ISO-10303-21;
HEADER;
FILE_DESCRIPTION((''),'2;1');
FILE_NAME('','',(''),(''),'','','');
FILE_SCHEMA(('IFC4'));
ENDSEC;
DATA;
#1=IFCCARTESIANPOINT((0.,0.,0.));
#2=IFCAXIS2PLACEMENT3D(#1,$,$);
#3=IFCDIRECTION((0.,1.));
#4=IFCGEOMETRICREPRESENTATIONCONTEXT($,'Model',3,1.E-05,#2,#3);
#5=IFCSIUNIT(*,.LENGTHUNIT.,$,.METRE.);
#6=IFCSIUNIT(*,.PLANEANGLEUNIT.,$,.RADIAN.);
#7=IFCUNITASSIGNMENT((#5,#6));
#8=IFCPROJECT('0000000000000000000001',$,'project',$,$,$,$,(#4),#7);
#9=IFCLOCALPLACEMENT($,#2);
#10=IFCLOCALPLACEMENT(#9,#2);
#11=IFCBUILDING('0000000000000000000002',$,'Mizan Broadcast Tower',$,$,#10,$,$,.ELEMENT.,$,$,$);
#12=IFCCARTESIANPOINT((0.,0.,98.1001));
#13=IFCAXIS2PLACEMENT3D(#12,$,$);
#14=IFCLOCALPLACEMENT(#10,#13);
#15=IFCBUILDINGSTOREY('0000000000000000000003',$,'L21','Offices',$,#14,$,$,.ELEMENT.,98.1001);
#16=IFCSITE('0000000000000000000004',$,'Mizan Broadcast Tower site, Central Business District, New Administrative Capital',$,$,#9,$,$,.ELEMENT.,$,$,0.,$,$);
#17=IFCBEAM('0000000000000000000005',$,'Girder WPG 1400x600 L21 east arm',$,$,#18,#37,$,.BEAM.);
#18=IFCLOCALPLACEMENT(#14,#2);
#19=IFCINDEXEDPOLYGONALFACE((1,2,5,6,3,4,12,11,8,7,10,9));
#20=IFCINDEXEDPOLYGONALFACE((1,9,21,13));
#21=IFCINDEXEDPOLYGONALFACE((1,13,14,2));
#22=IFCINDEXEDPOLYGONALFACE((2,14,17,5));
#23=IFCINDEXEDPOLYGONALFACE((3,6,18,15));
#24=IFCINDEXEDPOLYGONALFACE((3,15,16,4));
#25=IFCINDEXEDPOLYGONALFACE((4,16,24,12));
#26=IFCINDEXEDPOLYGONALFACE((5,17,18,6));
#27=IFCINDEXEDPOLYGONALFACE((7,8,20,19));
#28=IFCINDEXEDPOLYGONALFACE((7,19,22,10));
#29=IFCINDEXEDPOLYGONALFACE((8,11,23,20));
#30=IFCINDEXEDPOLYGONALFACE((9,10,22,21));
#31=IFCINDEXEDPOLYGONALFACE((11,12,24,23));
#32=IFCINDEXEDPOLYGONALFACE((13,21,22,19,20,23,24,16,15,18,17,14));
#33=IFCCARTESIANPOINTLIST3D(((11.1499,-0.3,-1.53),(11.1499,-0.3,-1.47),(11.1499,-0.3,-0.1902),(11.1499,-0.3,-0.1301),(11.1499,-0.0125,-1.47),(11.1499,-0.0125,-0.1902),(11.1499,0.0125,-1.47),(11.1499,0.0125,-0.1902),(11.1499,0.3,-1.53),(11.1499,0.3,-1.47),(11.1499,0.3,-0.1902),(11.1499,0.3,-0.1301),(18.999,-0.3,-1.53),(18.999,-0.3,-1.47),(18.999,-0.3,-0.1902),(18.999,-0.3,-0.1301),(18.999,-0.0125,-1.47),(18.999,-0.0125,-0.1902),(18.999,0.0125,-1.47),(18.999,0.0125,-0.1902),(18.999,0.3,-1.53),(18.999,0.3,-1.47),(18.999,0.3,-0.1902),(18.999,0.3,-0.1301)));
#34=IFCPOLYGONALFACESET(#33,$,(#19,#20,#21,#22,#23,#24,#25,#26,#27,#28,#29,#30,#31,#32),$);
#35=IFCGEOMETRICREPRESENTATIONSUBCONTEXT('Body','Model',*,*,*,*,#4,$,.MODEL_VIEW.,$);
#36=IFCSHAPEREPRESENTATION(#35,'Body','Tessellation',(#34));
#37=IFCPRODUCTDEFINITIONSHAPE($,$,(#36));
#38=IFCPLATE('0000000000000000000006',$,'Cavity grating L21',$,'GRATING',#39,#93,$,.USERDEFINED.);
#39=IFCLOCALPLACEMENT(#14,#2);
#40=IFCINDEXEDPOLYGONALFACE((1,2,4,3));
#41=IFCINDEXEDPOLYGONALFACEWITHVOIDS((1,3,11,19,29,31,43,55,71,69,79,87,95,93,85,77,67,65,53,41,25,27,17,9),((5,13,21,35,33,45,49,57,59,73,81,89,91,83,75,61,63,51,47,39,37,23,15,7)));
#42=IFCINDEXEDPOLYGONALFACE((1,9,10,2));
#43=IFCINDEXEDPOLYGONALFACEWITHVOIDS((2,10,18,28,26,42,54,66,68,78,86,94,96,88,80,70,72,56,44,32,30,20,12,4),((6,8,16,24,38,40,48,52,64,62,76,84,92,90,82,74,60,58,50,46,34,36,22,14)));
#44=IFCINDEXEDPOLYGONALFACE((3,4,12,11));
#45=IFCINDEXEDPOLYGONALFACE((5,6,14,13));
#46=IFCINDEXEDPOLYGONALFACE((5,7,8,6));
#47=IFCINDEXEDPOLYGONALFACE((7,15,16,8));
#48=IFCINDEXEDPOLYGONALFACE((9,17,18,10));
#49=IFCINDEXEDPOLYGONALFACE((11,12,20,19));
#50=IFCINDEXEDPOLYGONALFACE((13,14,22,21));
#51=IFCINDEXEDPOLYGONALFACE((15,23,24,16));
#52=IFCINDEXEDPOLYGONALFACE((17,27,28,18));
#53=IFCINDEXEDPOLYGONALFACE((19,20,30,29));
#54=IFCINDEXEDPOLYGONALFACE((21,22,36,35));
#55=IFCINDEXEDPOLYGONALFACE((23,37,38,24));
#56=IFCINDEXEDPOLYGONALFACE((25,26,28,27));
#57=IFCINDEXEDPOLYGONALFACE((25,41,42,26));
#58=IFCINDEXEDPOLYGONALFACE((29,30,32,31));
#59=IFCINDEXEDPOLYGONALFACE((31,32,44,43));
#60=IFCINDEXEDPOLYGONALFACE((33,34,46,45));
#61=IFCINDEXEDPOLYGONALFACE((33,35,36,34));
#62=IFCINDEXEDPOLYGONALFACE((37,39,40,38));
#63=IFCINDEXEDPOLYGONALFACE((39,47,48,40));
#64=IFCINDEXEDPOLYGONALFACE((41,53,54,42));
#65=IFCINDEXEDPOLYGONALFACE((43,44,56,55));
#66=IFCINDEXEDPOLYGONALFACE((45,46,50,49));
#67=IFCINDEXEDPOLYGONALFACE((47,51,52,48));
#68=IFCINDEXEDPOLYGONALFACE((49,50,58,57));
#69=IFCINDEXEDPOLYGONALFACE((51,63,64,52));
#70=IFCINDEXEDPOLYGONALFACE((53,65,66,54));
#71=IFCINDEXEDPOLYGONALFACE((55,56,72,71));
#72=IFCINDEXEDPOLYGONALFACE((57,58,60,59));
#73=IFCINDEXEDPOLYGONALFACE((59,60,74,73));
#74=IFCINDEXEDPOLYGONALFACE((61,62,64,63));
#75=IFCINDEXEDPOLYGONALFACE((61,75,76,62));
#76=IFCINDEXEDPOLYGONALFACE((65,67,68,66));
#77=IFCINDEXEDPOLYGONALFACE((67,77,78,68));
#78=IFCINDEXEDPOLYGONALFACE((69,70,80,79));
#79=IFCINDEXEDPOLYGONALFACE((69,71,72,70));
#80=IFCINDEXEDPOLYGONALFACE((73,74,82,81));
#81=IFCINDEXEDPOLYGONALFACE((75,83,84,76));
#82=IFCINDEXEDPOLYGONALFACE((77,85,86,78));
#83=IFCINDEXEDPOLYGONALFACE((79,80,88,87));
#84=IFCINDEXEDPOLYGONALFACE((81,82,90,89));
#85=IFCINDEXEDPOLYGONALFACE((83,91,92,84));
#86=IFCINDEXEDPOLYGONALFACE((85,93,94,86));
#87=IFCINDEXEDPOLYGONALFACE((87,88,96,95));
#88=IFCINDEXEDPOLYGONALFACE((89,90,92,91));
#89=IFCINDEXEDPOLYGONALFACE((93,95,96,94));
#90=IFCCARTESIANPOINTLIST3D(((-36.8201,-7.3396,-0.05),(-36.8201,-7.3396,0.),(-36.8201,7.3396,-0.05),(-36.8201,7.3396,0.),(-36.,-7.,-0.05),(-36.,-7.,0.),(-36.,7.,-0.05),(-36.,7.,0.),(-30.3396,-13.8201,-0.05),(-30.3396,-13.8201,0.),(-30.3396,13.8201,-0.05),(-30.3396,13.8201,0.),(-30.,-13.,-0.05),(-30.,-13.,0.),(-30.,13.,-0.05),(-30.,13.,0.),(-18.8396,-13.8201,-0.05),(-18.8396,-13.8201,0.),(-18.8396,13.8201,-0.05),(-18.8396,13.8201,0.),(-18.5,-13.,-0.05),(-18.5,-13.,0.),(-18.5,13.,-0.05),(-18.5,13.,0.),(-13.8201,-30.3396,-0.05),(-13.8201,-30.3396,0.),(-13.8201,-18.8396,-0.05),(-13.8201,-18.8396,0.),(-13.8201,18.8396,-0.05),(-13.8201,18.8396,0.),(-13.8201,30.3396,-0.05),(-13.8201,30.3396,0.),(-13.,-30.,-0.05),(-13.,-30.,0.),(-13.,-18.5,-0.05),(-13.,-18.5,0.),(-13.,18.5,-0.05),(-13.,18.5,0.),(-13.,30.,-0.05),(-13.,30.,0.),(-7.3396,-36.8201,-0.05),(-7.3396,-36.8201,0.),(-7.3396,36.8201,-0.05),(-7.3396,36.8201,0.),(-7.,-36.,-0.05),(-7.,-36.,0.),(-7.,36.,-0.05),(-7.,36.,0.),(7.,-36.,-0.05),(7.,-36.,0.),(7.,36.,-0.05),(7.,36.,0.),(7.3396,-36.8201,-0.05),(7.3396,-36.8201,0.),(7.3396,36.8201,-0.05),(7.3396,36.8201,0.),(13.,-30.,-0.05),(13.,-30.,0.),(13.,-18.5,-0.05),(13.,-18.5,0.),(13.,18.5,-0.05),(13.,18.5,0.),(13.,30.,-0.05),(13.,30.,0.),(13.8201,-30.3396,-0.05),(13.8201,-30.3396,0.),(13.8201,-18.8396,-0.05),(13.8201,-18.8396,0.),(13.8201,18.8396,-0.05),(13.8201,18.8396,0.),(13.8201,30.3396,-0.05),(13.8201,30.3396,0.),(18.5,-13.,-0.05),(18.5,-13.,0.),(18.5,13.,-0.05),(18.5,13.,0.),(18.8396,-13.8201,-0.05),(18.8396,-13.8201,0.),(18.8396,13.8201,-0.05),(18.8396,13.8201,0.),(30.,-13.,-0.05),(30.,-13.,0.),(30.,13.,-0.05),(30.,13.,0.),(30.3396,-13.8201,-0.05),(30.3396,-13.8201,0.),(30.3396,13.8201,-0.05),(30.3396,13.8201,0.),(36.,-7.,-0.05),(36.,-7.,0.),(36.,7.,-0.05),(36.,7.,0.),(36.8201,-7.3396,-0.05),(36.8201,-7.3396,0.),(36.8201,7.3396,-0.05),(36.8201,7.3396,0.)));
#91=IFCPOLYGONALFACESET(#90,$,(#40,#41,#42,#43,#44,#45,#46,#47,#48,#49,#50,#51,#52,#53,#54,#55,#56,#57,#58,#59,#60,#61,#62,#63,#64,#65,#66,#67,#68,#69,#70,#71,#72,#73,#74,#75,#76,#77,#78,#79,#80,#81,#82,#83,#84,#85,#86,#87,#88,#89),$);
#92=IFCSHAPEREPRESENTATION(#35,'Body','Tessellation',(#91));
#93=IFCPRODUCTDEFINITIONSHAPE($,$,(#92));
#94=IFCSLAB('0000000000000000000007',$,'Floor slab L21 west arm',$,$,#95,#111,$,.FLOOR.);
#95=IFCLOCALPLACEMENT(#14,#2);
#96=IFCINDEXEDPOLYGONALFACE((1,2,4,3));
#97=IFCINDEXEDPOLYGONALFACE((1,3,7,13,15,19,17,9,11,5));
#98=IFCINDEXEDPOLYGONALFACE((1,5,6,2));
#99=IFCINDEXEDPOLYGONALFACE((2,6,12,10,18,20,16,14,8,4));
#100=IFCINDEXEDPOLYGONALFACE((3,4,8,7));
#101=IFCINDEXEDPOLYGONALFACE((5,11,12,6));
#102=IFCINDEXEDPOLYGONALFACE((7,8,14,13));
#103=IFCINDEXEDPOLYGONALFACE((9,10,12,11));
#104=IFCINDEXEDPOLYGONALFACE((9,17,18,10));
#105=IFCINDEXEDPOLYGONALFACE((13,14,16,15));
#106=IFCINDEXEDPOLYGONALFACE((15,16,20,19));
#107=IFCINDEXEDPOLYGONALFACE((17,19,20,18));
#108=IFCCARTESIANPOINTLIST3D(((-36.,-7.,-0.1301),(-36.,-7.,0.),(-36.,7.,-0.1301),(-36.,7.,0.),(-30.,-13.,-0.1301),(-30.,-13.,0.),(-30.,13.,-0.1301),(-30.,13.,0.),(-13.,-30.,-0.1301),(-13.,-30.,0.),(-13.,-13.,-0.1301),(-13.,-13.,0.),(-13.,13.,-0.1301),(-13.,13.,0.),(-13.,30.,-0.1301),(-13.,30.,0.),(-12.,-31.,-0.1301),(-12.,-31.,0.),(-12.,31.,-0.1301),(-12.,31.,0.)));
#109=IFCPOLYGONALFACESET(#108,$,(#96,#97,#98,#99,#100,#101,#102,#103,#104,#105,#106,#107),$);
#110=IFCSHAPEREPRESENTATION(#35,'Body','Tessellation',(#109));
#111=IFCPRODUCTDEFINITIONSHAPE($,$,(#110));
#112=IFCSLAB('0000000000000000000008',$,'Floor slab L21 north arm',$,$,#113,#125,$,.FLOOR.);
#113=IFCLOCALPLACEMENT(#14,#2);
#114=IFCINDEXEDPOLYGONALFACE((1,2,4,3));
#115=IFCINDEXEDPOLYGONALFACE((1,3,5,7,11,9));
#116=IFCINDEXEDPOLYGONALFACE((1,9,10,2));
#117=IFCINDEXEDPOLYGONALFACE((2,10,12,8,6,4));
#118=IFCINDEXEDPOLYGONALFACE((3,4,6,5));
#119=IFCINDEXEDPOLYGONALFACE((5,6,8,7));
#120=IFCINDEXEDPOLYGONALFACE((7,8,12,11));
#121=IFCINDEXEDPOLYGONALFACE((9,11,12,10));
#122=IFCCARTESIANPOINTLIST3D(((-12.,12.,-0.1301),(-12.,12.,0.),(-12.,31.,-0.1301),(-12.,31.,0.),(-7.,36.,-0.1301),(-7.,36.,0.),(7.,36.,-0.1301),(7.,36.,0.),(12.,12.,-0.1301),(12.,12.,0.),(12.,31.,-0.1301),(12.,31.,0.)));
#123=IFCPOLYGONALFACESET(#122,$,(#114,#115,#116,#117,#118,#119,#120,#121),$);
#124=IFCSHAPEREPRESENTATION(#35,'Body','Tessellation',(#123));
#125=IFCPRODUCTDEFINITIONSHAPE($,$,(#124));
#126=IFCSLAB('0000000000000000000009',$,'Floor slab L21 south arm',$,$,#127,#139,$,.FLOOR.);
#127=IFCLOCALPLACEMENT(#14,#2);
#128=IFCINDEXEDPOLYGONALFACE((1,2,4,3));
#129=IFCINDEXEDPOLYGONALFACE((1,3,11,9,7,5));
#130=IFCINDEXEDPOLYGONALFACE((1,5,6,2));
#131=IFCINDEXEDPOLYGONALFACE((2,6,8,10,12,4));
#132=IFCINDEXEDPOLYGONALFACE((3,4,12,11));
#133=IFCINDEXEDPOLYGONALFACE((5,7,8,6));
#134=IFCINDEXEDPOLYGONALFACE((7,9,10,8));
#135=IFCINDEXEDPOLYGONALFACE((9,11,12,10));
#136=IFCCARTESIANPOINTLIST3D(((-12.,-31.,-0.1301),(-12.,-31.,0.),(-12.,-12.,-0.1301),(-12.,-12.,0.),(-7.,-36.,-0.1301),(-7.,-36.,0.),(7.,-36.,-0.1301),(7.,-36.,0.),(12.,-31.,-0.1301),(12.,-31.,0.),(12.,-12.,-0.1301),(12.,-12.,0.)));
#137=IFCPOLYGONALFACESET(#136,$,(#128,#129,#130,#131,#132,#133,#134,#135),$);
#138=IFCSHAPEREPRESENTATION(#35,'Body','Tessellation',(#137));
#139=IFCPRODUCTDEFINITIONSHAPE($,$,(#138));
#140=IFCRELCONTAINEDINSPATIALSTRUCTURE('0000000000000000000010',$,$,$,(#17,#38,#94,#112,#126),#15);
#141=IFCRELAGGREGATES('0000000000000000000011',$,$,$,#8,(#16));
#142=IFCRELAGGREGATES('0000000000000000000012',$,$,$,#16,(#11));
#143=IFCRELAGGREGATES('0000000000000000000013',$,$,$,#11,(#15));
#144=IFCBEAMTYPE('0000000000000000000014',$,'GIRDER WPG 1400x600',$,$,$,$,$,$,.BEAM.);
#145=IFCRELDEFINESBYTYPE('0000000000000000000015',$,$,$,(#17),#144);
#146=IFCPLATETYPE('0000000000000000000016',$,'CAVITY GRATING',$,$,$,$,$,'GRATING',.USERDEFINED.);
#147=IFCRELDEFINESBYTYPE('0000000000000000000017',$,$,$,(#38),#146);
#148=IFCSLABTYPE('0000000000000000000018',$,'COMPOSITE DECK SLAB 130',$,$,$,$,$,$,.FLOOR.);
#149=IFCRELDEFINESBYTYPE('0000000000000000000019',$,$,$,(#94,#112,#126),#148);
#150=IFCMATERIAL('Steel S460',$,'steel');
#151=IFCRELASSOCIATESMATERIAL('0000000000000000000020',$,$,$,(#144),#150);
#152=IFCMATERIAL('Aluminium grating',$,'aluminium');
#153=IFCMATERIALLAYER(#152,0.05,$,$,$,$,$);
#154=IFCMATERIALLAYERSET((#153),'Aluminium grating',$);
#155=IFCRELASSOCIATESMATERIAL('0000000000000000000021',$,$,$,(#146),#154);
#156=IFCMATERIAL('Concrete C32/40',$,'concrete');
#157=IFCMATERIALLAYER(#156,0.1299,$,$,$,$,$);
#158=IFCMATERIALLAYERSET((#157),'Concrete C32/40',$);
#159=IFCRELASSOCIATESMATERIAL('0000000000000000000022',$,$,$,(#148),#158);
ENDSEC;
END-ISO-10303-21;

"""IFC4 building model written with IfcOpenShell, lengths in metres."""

from ifc_helpers import new_model, si_unit, direction, frame, origin, origin_2d, place, context, subcontext, project, spatial, polyline, i_section, outline, extrude, material, layer, layer_set, material_profile, profile_set, type_object, element, save


model = new_model("IFC4")

# Units and contexts
model_context = context("Model", 3, precision=1e-05, world=origin(), true_north=direction((0.0, 1.0)))
body_context = subcontext(model_context, "Body", "Model", "MODEL_VIEW")
ifc_project = project(units=[si_unit("LENGTHUNIT", "METRE"), si_unit("PLANEANGLEUNIT", "RADIAN")], contexts=[model_context])

# Site, building, storey
site_placement = place(None, origin())
site = spatial("IfcSite", under=ifc_project, at=site_placement, Name="Mizan Broadcast Tower site, Central Business District, New Administrative Capital", CompositionType="ELEMENT", RefElevation=0.0)
building_placement = place(site_placement, origin())
building = spatial("IfcBuilding", under=site, at=building_placement, Name="Mizan Broadcast Tower", CompositionType="ELEMENT")
storey_placement = place(building_placement, frame((0.0, 0.0, 98.1001)))
storey = spatial("IfcBuildingStorey", under=building, at=storey_placement, Name="L21", Description="Offices", CompositionType="ELEMENT", Elevation=98.1001)

# Beam
ifc_material_1 = material(Name="Steel S460", Category="steel")
ifc_material_profile = material_profile(ifc_material_1, i_section(OverallWidth=0.6001, OverallDepth=1.3999, WebThickness=0.0249, FlangeThickness=0.0601, at=origin_2d()), Name="WPG 1400x600")
ifc_profile_set = profile_set([ifc_material_profile], Name="Steel S460")
beam_type = type_object("IfcBeamType", Name="GIRDER WPG 1400x600", PredefinedType="BEAM", material=ifc_profile_set)
beam_placement = place(storey_placement, frame((11.1499, 0.0, -0.8301), z_axis=(1.0, 0.0, 0.0), x_axis=(0.0, 1.0, 0.0)))
element("IfcBeam", 1, at=beam_placement, inside=storey, type_object=beam_type, Name="Girder WPG 1400x600 L21 east arm", PredefinedType="BEAM", context=body_context, shape_type="SweptSolid", body=[
    extrude(i_section(OverallWidth=0.6001, OverallDepth=1.3999, WebThickness=0.0249, FlangeThickness=0.0601, at=origin_2d()), origin(), (0.0, 0.0, 1.0), 7.8491),
])

# Plate
ifc_material_2 = material(Name="Aluminium grating", Category="aluminium")
ifc_layer_1 = layer(ifc_material_2, 0.05)
ifc_layer_set_1 = layer_set([ifc_layer_1], Name="Aluminium grating")
plate_type = type_object("IfcPlateType", Name="CAVITY GRATING", ElementType="GRATING", PredefinedType="USERDEFINED", material=ifc_layer_set_1)
plate_placement = place(storey_placement, frame((0.0, 0.0, -0.05)))
element("IfcPlate", 2, at=plate_placement, inside=storey, type_object=plate_type, Name="Cavity grating L21", ObjectType="GRATING", PredefinedType="USERDEFINED", context=body_context, shape_type="SweptSolid", body=[
    extrude(outline(polyline([(13.8201, -18.8396), (18.8396, -13.8201), (30.3396, -13.8201), (36.8201, -7.3396), (36.8201, 7.3396), (30.3396, 13.8201), (18.8396, 13.8201), (13.8201, 18.8396), (13.8201, 30.3396), (7.3396, 36.8201), (-7.3396, 36.8201), (-13.8201, 30.3396), (-13.8201, 18.8396), (-18.8396, 13.8201), (-30.3396, 13.8201), (-36.8201, 7.3396), (-36.8201, -7.3396), (-30.3396, -13.8201), (-18.8396, -13.8201), (-13.8201, -18.8396), (-13.8201, -30.3396), (-7.3396, -36.8201), (7.3396, -36.8201), (13.8201, -30.3396), (13.8201, -18.8396)]), holes=[polyline([(36.0, 7.0), (36.0, -7.0), (30.0, -13.0), (18.5, -13.0), (13.0, -18.5), (13.0, -30.0), (7.0, -36.0), (-7.0, -36.0), (-13.0, -30.0), (-13.0, -18.5), (-18.5, -13.0), (-30.0, -13.0), (-36.0, -7.0), (-36.0, 7.0), (-30.0, 13.0), (-18.5, 13.0), (-13.0, 18.5), (-13.0, 30.0), (-7.0, 36.0), (7.0, 36.0), (13.0, 30.0), (13.0, 18.5), (18.5, 13.0), (30.0, 13.0), (36.0, 7.0)])]), origin(), (0.0, 0.0, 1.0), 0.05),
])

# Slabs
ifc_material_3 = material(Name="Concrete C32/40", Category="concrete")
ifc_layer_2 = layer(ifc_material_3, 0.1299)
ifc_layer_set_2 = layer_set([ifc_layer_2], Name="Concrete C32/40")
slab_type_1 = type_object("IfcSlabType", Name="COMPOSITE DECK SLAB 130", PredefinedType="FLOOR", material=ifc_layer_set_2)
slab_1_placement = place(storey_placement, frame((0.0, 0.0, -0.1301)))
element("IfcSlab", 3, at=slab_1_placement, inside=storey, type_object=slab_type_1, Name="Floor slab L21 west arm", PredefinedType="FLOOR", context=body_context, shape_type="SweptSolid", body=[
    extrude(outline(polyline([(-13.0, -30.0), (-12.0, -31.0), (-12.0, 31.0), (-13.0, 30.0), (-13.0, 13.0), (-30.0, 13.0), (-36.0, 7.0), (-36.0, -7.0), (-30.0, -13.0), (-13.0, -13.0), (-13.0, -30.0)])), origin(), (0.0, 0.0, 1.0), 0.1301),
])
slab_2_placement = place(storey_placement, frame((0.0, 0.0, -0.1301)))
element("IfcSlab", 4, at=slab_2_placement, inside=storey, type_object=slab_type_1, Name="Floor slab L21 north arm", PredefinedType="FLOOR", context=body_context, shape_type="SweptSolid", body=[
    extrude(outline(polyline([(-7.0, 36.0), (-12.0, 31.0), (-12.0, 12.0), (12.0, 12.0), (12.0, 31.0), (7.0, 36.0), (-7.0, 36.0)])), origin(), (0.0, 0.0, 1.0), 0.1301),
])
slab_3_placement = place(storey_placement, frame((0.0, 0.0, -0.1301)))
element("IfcSlab", 5, at=slab_3_placement, inside=storey, type_object=slab_type_1, Name="Floor slab L21 south arm", PredefinedType="FLOOR", context=body_context, shape_type="SweptSolid", body=[
    extrude(outline(polyline([(7.0, -36.0), (12.0, -31.0), (12.0, -12.0), (-12.0, -12.0), (-12.0, -31.0), (-7.0, -36.0), (7.0, -36.0)])), origin(), (0.0, 0.0, 1.0), 0.1301),
])

save(model, "model.ifc")
